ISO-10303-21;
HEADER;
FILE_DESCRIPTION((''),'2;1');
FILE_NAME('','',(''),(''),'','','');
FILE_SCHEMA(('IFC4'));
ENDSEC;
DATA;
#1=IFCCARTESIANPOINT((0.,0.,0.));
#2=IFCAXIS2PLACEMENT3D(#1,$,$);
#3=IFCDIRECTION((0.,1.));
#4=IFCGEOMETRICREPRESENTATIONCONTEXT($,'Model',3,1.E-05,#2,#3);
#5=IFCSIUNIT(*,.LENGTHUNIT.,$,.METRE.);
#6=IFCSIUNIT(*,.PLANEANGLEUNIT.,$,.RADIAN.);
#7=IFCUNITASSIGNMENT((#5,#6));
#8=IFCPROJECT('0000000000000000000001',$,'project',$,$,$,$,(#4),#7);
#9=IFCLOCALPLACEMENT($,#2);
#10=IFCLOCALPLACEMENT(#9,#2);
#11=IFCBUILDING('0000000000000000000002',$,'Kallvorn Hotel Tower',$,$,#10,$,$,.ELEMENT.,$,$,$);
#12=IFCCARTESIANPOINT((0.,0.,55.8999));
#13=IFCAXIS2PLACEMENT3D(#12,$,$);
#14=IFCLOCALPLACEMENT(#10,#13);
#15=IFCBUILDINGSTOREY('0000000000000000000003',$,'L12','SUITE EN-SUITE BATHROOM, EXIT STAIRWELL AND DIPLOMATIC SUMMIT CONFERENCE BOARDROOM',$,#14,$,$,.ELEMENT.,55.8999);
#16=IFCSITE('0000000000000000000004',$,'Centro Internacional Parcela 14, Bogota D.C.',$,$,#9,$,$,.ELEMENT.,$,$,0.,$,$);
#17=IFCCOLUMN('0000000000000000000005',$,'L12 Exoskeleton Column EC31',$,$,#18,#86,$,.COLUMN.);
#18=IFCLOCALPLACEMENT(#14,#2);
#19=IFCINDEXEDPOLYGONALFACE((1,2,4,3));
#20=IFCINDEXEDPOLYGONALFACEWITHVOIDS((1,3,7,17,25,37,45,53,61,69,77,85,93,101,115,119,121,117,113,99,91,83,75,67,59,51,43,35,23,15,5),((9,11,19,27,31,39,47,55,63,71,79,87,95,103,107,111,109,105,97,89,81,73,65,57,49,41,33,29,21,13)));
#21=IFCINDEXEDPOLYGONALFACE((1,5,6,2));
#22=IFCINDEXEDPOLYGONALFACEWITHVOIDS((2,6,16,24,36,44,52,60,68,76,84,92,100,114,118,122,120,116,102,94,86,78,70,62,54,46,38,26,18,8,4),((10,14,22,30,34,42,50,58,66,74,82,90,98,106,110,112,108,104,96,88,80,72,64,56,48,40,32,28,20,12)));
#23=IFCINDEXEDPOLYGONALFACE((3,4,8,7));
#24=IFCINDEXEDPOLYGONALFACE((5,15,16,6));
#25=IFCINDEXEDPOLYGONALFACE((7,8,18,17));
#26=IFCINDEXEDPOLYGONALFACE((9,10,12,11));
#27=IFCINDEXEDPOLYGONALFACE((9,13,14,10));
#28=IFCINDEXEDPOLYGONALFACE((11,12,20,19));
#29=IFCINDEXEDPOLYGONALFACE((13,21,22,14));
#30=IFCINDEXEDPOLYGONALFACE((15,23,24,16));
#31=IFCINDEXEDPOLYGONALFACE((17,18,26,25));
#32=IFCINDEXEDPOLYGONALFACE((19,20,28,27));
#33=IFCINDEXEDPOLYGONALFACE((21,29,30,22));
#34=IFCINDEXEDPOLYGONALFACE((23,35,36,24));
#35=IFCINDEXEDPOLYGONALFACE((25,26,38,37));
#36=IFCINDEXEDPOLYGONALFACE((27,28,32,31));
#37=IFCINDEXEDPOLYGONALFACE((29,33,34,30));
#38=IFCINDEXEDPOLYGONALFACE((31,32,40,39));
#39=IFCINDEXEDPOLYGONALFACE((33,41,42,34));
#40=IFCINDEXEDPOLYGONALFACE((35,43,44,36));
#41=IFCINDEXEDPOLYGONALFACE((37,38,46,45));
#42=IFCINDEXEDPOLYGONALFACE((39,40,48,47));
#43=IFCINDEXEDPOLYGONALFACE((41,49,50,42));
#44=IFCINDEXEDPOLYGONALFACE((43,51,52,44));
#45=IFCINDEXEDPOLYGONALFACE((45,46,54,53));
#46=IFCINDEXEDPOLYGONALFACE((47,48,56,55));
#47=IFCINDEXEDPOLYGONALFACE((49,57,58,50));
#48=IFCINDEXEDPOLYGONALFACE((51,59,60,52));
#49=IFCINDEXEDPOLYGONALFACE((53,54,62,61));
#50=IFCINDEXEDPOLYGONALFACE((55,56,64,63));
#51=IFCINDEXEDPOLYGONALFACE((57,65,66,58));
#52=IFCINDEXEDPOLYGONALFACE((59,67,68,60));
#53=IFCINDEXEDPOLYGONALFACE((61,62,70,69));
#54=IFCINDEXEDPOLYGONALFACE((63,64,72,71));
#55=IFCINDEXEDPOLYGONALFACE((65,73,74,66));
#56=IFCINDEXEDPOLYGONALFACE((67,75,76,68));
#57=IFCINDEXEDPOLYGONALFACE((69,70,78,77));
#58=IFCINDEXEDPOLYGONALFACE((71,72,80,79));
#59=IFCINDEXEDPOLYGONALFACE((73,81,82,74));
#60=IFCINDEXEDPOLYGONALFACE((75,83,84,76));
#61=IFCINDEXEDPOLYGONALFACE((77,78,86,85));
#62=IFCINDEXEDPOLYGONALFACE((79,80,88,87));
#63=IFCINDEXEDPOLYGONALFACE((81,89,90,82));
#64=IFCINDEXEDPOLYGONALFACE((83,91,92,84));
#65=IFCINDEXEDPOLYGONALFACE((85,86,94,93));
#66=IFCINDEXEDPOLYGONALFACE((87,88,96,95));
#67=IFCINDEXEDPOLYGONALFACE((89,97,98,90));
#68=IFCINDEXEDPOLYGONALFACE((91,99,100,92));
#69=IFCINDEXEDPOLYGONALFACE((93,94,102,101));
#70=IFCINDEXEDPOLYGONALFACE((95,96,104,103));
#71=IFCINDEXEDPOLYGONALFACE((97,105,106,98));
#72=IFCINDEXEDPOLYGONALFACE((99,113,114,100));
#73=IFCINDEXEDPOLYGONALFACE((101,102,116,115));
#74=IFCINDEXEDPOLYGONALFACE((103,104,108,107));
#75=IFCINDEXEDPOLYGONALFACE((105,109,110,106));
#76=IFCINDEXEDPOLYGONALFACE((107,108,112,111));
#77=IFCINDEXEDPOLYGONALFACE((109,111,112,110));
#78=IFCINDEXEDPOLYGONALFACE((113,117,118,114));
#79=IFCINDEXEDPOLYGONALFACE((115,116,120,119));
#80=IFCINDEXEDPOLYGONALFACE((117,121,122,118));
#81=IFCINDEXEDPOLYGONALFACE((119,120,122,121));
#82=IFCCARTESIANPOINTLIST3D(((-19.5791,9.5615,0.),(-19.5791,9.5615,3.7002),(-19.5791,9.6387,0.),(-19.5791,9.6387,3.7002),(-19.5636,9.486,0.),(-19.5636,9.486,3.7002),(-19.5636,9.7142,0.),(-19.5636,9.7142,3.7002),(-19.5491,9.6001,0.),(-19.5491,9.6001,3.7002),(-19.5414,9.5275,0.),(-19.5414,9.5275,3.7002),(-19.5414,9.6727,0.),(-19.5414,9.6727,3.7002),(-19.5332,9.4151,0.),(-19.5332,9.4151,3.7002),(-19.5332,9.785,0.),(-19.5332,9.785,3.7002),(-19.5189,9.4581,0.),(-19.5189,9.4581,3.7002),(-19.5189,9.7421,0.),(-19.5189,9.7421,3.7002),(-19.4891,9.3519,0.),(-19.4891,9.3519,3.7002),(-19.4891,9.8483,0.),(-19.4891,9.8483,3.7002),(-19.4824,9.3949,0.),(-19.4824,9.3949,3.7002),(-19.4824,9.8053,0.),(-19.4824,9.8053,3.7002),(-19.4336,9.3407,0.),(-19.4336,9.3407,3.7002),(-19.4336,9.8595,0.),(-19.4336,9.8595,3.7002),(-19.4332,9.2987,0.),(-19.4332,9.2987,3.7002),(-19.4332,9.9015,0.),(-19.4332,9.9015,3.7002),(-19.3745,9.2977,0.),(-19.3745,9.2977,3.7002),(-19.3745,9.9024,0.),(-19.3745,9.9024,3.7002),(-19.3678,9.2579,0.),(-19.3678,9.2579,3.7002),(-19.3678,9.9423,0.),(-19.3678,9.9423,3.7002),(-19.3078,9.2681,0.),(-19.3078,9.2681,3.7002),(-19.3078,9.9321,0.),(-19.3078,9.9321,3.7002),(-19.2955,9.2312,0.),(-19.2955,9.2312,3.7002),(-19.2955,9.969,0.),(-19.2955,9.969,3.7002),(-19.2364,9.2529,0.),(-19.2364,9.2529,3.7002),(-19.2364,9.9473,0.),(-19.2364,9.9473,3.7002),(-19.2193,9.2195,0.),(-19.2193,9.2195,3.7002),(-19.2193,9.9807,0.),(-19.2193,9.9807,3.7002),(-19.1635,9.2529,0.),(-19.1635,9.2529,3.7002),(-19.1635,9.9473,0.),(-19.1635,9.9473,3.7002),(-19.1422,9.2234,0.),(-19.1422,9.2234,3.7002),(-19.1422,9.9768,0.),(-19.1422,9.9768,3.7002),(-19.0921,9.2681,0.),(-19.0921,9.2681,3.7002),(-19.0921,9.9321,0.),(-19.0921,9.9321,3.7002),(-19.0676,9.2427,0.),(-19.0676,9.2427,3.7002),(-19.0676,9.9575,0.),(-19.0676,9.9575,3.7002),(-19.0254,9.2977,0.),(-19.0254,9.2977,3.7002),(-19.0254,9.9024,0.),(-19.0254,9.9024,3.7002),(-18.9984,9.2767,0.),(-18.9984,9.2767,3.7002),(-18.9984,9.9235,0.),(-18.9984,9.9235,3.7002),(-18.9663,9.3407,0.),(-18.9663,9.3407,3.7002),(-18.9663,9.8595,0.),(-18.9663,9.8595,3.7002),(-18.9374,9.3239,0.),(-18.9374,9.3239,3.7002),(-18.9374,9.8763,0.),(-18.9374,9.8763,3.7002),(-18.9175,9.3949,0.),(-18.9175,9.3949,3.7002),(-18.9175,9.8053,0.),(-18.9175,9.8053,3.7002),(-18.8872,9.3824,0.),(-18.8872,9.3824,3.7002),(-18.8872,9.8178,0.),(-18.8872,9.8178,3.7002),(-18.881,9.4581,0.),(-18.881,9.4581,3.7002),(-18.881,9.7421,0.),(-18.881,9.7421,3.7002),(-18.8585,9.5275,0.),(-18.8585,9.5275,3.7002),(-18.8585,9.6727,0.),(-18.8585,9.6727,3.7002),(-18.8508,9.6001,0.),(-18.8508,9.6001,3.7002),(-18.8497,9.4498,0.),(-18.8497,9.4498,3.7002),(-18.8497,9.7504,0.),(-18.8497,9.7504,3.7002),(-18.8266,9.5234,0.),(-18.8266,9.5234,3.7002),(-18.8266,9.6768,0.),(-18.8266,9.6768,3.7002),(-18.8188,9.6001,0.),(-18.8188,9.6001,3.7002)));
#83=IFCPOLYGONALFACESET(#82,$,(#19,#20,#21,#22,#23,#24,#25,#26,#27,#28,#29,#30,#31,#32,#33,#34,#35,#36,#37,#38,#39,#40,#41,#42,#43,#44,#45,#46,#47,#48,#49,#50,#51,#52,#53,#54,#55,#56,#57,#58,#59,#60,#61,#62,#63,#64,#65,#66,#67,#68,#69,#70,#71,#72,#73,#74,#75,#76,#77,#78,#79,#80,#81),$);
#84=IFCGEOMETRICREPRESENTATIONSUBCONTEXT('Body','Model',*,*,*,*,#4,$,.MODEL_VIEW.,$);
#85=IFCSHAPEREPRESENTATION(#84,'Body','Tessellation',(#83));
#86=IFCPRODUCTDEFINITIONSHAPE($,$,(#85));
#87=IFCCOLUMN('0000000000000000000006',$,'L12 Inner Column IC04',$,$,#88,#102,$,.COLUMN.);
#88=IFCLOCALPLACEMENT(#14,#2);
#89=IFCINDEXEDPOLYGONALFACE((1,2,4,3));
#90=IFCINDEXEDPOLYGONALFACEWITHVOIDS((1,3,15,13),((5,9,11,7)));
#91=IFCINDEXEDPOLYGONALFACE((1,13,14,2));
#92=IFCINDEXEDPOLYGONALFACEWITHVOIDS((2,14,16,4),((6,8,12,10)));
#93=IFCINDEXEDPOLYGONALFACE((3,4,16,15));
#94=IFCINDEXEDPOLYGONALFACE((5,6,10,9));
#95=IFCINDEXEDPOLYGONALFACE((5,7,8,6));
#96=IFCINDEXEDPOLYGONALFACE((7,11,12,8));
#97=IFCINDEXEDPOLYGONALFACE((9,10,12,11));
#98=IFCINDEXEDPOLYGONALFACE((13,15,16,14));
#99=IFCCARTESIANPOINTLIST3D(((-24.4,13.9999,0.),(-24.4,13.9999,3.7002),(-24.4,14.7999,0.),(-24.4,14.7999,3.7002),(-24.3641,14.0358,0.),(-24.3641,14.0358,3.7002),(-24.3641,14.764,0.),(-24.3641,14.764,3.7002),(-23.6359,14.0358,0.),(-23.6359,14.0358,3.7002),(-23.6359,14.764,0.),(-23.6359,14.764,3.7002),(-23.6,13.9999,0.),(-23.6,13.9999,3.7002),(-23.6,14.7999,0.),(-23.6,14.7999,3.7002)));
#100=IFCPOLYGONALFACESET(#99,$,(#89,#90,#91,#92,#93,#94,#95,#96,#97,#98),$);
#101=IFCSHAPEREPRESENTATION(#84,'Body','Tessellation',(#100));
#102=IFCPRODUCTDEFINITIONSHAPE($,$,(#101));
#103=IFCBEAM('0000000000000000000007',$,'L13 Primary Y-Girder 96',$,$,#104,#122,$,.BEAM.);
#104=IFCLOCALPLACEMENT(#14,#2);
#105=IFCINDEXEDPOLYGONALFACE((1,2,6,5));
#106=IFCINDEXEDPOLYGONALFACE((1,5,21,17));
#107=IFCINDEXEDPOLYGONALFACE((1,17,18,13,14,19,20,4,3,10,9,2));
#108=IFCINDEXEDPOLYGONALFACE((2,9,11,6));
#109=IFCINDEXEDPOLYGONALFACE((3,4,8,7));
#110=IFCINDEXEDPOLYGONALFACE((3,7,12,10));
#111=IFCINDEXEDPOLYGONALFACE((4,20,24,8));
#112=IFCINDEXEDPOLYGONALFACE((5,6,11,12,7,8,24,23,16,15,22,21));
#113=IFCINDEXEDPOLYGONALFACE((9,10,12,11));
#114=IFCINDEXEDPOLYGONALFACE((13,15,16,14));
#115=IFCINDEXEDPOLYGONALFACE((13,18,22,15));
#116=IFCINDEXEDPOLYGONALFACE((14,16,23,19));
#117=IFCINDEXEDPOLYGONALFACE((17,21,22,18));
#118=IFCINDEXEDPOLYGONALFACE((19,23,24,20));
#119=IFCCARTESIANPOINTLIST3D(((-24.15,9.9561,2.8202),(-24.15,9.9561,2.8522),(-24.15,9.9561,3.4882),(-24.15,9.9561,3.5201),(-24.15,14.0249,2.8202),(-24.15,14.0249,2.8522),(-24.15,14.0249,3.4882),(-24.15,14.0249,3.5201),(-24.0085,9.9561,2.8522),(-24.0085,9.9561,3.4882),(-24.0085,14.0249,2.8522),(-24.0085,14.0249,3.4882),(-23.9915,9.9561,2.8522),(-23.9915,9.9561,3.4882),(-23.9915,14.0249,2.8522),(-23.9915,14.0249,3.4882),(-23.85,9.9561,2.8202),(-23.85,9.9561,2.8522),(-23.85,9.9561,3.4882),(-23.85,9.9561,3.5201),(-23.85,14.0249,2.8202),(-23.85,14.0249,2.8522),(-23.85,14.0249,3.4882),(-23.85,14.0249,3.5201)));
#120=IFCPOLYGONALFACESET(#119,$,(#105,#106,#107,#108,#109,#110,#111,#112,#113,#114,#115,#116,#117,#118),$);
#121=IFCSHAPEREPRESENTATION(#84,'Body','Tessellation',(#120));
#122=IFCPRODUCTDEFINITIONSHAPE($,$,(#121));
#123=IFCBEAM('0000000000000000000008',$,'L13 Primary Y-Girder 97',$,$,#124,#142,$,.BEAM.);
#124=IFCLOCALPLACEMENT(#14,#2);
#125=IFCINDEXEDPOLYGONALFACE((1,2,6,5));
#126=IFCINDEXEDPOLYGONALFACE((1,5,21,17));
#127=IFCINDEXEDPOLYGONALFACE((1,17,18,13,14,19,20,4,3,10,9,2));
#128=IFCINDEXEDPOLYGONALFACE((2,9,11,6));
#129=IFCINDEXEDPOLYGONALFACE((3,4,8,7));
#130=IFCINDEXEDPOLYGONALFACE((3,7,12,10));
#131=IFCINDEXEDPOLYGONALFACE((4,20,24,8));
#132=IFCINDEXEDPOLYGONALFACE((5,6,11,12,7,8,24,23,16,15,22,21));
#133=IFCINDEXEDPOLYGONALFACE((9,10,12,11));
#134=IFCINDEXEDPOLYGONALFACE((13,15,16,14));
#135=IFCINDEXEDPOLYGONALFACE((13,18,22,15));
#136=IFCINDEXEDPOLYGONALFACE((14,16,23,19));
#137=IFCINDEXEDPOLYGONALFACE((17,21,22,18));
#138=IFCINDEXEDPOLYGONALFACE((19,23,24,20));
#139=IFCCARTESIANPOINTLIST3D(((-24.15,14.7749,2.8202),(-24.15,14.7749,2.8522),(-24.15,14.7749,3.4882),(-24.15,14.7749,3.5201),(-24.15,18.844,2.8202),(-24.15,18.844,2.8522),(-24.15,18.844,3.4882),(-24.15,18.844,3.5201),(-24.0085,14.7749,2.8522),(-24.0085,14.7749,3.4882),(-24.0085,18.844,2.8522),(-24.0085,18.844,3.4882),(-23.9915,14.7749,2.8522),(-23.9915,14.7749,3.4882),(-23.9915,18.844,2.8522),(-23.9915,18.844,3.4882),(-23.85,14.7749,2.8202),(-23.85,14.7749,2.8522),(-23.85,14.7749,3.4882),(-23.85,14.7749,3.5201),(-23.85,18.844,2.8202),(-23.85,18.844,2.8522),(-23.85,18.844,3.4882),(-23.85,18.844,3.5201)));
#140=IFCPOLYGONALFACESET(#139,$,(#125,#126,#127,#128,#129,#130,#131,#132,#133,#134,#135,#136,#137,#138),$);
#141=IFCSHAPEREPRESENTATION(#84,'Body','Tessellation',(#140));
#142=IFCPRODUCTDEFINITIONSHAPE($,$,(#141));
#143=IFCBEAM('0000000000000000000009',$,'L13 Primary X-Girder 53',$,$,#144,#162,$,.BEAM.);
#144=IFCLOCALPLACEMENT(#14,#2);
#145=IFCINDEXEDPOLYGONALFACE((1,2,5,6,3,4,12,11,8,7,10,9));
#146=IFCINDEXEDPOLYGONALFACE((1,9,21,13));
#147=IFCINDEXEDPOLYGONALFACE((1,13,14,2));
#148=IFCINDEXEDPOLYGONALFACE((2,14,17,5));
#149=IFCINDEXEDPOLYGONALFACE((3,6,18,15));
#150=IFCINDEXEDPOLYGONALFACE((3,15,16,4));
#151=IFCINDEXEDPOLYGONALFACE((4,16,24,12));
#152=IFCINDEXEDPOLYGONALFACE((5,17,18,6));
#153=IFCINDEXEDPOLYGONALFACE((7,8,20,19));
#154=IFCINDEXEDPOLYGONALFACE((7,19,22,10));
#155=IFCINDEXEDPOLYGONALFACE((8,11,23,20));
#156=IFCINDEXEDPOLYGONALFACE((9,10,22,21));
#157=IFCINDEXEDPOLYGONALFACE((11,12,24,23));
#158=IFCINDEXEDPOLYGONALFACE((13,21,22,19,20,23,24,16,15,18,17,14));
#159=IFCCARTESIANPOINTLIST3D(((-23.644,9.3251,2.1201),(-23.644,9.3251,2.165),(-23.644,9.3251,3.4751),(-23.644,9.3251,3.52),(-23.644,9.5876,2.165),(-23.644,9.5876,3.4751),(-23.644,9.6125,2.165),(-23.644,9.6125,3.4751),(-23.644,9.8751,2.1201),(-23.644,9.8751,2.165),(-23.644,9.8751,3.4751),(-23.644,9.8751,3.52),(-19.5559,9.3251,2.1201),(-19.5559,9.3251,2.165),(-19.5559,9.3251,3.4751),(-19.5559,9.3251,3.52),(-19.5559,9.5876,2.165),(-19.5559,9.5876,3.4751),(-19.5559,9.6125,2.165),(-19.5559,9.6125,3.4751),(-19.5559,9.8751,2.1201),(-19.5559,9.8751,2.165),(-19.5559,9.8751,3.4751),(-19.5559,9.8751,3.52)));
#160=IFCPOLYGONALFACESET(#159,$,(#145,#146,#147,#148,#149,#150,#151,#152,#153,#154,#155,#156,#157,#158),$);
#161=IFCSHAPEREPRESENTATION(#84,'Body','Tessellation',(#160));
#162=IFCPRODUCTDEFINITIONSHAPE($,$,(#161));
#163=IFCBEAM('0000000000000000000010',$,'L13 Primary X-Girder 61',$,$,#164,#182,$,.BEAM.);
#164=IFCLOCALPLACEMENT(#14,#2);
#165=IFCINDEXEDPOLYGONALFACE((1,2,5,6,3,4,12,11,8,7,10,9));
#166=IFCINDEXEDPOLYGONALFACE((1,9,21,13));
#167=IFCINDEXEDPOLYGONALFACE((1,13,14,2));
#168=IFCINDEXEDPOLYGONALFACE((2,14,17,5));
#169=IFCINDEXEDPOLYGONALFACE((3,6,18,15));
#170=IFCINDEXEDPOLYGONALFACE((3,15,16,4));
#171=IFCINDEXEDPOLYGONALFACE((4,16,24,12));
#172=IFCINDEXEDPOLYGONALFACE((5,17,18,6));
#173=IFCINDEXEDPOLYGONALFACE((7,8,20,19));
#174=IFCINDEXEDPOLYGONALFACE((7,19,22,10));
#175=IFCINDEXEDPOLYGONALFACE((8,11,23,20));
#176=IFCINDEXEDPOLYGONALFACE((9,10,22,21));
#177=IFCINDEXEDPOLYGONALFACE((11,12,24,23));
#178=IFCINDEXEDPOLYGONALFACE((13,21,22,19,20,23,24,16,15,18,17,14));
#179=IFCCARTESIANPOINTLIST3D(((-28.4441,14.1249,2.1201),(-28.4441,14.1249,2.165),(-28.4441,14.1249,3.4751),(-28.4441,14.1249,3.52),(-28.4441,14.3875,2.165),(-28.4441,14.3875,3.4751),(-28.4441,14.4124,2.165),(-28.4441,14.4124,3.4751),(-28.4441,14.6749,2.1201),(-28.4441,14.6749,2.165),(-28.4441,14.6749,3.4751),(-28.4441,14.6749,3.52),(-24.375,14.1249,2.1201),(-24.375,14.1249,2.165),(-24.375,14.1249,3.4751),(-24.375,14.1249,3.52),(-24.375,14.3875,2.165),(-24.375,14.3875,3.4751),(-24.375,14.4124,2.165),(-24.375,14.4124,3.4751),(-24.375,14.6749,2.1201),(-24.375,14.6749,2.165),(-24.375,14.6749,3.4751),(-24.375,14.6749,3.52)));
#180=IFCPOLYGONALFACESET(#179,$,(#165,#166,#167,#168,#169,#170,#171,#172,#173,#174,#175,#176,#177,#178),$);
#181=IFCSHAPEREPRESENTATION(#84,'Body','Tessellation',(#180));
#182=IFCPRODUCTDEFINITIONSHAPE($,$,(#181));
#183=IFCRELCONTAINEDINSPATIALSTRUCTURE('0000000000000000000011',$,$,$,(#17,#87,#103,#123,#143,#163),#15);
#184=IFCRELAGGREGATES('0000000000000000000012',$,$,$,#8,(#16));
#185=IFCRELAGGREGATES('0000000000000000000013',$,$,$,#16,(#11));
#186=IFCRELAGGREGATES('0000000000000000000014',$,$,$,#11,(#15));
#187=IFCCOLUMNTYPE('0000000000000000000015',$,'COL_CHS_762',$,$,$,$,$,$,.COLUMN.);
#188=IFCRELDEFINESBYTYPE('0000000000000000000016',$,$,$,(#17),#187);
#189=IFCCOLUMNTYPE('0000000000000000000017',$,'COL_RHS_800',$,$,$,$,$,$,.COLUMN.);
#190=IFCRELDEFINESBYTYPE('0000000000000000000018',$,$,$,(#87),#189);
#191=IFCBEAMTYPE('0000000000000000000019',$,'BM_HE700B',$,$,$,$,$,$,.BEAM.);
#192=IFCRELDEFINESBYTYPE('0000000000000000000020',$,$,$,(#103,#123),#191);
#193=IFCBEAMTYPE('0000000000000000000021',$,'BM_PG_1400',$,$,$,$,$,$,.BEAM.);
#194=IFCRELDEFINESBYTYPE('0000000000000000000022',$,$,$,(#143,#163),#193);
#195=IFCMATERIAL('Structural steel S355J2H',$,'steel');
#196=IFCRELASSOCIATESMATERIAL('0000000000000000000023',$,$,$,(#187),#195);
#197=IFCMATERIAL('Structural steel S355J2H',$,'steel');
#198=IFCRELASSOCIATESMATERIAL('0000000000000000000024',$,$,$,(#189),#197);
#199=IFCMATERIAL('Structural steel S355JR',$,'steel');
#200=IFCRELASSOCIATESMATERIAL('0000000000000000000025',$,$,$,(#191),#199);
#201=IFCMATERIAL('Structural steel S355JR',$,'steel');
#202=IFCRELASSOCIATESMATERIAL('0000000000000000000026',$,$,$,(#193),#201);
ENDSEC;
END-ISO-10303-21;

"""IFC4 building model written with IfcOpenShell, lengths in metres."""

from ifc_helpers import new_model, si_unit, direction, frame, origin, origin_2d, place, context, subcontext, project, spatial, hollow_rectangle, hollow_circle, i_section, extrude, material, material_profile, profile_set, type_object, element, save


model = new_model("IFC4")

# Units and contexts
model_context = context("Model", 3, precision=1e-05, world=origin(), true_north=direction((0.0, 1.0)))
body_context = subcontext(model_context, "Body", "Model", "MODEL_VIEW")
ifc_project = project(units=[si_unit("LENGTHUNIT", "METRE"), si_unit("PLANEANGLEUNIT", "RADIAN")], contexts=[model_context])

# Site, building, storey
site_placement = place(None, origin())
site = spatial("IfcSite", under=ifc_project, at=site_placement, Name="Centro Internacional Parcela 14, Bogota D.C.", CompositionType="ELEMENT", RefElevation=0.0)
building_placement = place(site_placement, origin())
building = spatial("IfcBuilding", under=site, at=building_placement, Name="Kallvorn Hotel Tower", CompositionType="ELEMENT")
storey_placement = place(building_placement, frame((0.0, 0.0, 55.8999)))
storey = spatial("IfcBuildingStorey", under=building, at=storey_placement, Name="L12", Description="SUITE EN-SUITE BATHROOM, EXIT STAIRWELL AND DIPLOMATIC SUMMIT CONFERENCE BOARDROOM", CompositionType="ELEMENT", Elevation=55.8999)

# Columns
ifc_material_1 = material(Name="Structural steel S355J2H", Category="steel")
ifc_material_profile_1 = material_profile(ifc_material_1, hollow_circle(Radius=0.3811, WallThickness=0.032, at=origin_2d()), Name="CHS 762x32")
ifc_profile_set_1 = profile_set([ifc_material_profile_1], Name="Structural steel S355J2H")
column_type_1 = type_object("IfcColumnType", Name="COL_CHS_762", PredefinedType="COLUMN", material=ifc_profile_set_1)
for number, where, z_axis, x_axis, name in (
    (1, (-19.2, 9.6001, 0.0), (0.0, 0.0, 1.0), (1.0, 0.0, 0.0), "L12 Exoskeleton Column EC31"),
):
    element("IfcColumn", number, at=place(storey_placement, frame(where, z_axis=z_axis, x_axis=x_axis)), inside=storey, type_object=column_type_1, Name=name, PredefinedType="COLUMN", context=body_context, shape_type="SweptSolid", body=[
        extrude(hollow_circle(Radius=0.3811, WallThickness=0.032, at=origin_2d()), origin(), (0.0, 0.0, 1.0), 3.7002),
    ])
ifc_material_2 = material(Name="Structural steel S355J2H", Category="steel")
ifc_material_profile_2 = material_profile(ifc_material_2, hollow_rectangle(XDim=0.8, YDim=0.8, WallThickness=0.0359, at=origin_2d()), Name="RHS 800x800x36")
ifc_profile_set_2 = profile_set([ifc_material_profile_2], Name="Structural steel S355J2H")
column_type_2 = type_object("IfcColumnType", Name="COL_RHS_800", PredefinedType="COLUMN", material=ifc_profile_set_2)
column_placement = place(storey_placement, frame((-24.0, 14.3999, 0.0), z_axis=(0.0, 0.0, 1.0), x_axis=(1.0, 0.0, 0.0)))
element("IfcColumn", 2, at=column_placement, inside=storey, type_object=column_type_2, Name="L12 Inner Column IC04", PredefinedType="COLUMN", context=body_context, shape_type="SweptSolid", body=[
    extrude(hollow_rectangle(XDim=0.8, YDim=0.8, WallThickness=0.0359, at=origin_2d()), origin(), (0.0, 0.0, 1.0), 3.7002),
])

# Beams
ifc_material_3 = material(Name="Structural steel S355JR", Category="steel")
ifc_material_profile_3 = material_profile(ifc_material_3, i_section(OverallWidth=0.3, OverallDepth=0.7, WebThickness=0.0171, FlangeThickness=0.032, at=origin_2d()), Name="HE 700 B")
ifc_profile_set_3 = profile_set([ifc_material_profile_3], Name="Structural steel S355JR")
beam_type_1 = type_object("IfcBeamType", Name="BM_HE700B", PredefinedType="BEAM", material=ifc_profile_set_3)
beam_1_placement = place(storey_placement, frame((-24.0, 9.9561, 3.1702), z_axis=(0.0, 1.0, 0.0), x_axis=(-1.0, 0.0, 0.0)))
element("IfcBeam", 3, at=beam_1_placement, inside=storey, type_object=beam_type_1, Name="L13 Primary Y-Girder 96", PredefinedType="BEAM", context=body_context, shape_type="SweptSolid", body=[
    extrude(i_section(OverallWidth=0.3, OverallDepth=0.7, WebThickness=0.0171, FlangeThickness=0.032, at=origin_2d()), origin(), (0.0, 0.0, 1.0), 4.0688),
])
beam_2_placement = place(storey_placement, frame((-24.0, 14.7749, 3.1702), z_axis=(0.0, 1.0, 0.0), x_axis=(-1.0, 0.0, 0.0)))
element("IfcBeam", 4, at=beam_2_placement, inside=storey, type_object=beam_type_1, Name="L13 Primary Y-Girder 97", PredefinedType="BEAM", context=body_context, shape_type="SweptSolid", body=[
    extrude(i_section(OverallWidth=0.3, OverallDepth=0.7, WebThickness=0.0171, FlangeThickness=0.032, at=origin_2d()), origin(), (0.0, 0.0, 1.0), 4.0691),
])
ifc_material_4 = material(Name="Structural steel S355JR", Category="steel")
ifc_material_profile_4 = material_profile(ifc_material_4, i_section(OverallWidth=0.55, OverallDepth=1.3999, WebThickness=0.0249, FlangeThickness=0.0449, at=origin_2d()), Name="PG 1400x550x25x45")
ifc_profile_set_4 = profile_set([ifc_material_profile_4], Name="Structural steel S355JR")
beam_type_2 = type_object("IfcBeamType", Name="BM_PG_1400", PredefinedType="BEAM", material=ifc_profile_set_4)
beam_3_placement = place(storey_placement, frame((-23.644, 9.6001, 2.8201), z_axis=(1.0, 0.0, 0.0), x_axis=(0.0, 1.0, 0.0)))
element("IfcBeam", 5, at=beam_3_placement, inside=storey, type_object=beam_type_2, Name="L13 Primary X-Girder 53", PredefinedType="BEAM", context=body_context, shape_type="SweptSolid", body=[
    extrude(i_section(OverallWidth=0.55, OverallDepth=1.3999, WebThickness=0.0249, FlangeThickness=0.0449, at=origin_2d()), origin(), (0.0, 0.0, 1.0), 4.0881),
])
for number, where, z_axis, x_axis, name in (
    (6, (-28.4441, 14.3999, 2.8201), (1.0, 0.0, 0.0), (0.0, 1.0, 0.0), "L13 Primary X-Girder 61"),
):
    element("IfcBeam", number, at=place(storey_placement, frame(where, z_axis=z_axis, x_axis=x_axis)), inside=storey, type_object=beam_type_2, Name=name, PredefinedType="BEAM", context=body_context, shape_type="SweptSolid", body=[
        extrude(i_section(OverallWidth=0.55, OverallDepth=1.3999, WebThickness=0.0249, FlangeThickness=0.0449, at=origin_2d()), origin(), (0.0, 0.0, 1.0), 4.0691),
    ])

save(model, "model.ifc")
